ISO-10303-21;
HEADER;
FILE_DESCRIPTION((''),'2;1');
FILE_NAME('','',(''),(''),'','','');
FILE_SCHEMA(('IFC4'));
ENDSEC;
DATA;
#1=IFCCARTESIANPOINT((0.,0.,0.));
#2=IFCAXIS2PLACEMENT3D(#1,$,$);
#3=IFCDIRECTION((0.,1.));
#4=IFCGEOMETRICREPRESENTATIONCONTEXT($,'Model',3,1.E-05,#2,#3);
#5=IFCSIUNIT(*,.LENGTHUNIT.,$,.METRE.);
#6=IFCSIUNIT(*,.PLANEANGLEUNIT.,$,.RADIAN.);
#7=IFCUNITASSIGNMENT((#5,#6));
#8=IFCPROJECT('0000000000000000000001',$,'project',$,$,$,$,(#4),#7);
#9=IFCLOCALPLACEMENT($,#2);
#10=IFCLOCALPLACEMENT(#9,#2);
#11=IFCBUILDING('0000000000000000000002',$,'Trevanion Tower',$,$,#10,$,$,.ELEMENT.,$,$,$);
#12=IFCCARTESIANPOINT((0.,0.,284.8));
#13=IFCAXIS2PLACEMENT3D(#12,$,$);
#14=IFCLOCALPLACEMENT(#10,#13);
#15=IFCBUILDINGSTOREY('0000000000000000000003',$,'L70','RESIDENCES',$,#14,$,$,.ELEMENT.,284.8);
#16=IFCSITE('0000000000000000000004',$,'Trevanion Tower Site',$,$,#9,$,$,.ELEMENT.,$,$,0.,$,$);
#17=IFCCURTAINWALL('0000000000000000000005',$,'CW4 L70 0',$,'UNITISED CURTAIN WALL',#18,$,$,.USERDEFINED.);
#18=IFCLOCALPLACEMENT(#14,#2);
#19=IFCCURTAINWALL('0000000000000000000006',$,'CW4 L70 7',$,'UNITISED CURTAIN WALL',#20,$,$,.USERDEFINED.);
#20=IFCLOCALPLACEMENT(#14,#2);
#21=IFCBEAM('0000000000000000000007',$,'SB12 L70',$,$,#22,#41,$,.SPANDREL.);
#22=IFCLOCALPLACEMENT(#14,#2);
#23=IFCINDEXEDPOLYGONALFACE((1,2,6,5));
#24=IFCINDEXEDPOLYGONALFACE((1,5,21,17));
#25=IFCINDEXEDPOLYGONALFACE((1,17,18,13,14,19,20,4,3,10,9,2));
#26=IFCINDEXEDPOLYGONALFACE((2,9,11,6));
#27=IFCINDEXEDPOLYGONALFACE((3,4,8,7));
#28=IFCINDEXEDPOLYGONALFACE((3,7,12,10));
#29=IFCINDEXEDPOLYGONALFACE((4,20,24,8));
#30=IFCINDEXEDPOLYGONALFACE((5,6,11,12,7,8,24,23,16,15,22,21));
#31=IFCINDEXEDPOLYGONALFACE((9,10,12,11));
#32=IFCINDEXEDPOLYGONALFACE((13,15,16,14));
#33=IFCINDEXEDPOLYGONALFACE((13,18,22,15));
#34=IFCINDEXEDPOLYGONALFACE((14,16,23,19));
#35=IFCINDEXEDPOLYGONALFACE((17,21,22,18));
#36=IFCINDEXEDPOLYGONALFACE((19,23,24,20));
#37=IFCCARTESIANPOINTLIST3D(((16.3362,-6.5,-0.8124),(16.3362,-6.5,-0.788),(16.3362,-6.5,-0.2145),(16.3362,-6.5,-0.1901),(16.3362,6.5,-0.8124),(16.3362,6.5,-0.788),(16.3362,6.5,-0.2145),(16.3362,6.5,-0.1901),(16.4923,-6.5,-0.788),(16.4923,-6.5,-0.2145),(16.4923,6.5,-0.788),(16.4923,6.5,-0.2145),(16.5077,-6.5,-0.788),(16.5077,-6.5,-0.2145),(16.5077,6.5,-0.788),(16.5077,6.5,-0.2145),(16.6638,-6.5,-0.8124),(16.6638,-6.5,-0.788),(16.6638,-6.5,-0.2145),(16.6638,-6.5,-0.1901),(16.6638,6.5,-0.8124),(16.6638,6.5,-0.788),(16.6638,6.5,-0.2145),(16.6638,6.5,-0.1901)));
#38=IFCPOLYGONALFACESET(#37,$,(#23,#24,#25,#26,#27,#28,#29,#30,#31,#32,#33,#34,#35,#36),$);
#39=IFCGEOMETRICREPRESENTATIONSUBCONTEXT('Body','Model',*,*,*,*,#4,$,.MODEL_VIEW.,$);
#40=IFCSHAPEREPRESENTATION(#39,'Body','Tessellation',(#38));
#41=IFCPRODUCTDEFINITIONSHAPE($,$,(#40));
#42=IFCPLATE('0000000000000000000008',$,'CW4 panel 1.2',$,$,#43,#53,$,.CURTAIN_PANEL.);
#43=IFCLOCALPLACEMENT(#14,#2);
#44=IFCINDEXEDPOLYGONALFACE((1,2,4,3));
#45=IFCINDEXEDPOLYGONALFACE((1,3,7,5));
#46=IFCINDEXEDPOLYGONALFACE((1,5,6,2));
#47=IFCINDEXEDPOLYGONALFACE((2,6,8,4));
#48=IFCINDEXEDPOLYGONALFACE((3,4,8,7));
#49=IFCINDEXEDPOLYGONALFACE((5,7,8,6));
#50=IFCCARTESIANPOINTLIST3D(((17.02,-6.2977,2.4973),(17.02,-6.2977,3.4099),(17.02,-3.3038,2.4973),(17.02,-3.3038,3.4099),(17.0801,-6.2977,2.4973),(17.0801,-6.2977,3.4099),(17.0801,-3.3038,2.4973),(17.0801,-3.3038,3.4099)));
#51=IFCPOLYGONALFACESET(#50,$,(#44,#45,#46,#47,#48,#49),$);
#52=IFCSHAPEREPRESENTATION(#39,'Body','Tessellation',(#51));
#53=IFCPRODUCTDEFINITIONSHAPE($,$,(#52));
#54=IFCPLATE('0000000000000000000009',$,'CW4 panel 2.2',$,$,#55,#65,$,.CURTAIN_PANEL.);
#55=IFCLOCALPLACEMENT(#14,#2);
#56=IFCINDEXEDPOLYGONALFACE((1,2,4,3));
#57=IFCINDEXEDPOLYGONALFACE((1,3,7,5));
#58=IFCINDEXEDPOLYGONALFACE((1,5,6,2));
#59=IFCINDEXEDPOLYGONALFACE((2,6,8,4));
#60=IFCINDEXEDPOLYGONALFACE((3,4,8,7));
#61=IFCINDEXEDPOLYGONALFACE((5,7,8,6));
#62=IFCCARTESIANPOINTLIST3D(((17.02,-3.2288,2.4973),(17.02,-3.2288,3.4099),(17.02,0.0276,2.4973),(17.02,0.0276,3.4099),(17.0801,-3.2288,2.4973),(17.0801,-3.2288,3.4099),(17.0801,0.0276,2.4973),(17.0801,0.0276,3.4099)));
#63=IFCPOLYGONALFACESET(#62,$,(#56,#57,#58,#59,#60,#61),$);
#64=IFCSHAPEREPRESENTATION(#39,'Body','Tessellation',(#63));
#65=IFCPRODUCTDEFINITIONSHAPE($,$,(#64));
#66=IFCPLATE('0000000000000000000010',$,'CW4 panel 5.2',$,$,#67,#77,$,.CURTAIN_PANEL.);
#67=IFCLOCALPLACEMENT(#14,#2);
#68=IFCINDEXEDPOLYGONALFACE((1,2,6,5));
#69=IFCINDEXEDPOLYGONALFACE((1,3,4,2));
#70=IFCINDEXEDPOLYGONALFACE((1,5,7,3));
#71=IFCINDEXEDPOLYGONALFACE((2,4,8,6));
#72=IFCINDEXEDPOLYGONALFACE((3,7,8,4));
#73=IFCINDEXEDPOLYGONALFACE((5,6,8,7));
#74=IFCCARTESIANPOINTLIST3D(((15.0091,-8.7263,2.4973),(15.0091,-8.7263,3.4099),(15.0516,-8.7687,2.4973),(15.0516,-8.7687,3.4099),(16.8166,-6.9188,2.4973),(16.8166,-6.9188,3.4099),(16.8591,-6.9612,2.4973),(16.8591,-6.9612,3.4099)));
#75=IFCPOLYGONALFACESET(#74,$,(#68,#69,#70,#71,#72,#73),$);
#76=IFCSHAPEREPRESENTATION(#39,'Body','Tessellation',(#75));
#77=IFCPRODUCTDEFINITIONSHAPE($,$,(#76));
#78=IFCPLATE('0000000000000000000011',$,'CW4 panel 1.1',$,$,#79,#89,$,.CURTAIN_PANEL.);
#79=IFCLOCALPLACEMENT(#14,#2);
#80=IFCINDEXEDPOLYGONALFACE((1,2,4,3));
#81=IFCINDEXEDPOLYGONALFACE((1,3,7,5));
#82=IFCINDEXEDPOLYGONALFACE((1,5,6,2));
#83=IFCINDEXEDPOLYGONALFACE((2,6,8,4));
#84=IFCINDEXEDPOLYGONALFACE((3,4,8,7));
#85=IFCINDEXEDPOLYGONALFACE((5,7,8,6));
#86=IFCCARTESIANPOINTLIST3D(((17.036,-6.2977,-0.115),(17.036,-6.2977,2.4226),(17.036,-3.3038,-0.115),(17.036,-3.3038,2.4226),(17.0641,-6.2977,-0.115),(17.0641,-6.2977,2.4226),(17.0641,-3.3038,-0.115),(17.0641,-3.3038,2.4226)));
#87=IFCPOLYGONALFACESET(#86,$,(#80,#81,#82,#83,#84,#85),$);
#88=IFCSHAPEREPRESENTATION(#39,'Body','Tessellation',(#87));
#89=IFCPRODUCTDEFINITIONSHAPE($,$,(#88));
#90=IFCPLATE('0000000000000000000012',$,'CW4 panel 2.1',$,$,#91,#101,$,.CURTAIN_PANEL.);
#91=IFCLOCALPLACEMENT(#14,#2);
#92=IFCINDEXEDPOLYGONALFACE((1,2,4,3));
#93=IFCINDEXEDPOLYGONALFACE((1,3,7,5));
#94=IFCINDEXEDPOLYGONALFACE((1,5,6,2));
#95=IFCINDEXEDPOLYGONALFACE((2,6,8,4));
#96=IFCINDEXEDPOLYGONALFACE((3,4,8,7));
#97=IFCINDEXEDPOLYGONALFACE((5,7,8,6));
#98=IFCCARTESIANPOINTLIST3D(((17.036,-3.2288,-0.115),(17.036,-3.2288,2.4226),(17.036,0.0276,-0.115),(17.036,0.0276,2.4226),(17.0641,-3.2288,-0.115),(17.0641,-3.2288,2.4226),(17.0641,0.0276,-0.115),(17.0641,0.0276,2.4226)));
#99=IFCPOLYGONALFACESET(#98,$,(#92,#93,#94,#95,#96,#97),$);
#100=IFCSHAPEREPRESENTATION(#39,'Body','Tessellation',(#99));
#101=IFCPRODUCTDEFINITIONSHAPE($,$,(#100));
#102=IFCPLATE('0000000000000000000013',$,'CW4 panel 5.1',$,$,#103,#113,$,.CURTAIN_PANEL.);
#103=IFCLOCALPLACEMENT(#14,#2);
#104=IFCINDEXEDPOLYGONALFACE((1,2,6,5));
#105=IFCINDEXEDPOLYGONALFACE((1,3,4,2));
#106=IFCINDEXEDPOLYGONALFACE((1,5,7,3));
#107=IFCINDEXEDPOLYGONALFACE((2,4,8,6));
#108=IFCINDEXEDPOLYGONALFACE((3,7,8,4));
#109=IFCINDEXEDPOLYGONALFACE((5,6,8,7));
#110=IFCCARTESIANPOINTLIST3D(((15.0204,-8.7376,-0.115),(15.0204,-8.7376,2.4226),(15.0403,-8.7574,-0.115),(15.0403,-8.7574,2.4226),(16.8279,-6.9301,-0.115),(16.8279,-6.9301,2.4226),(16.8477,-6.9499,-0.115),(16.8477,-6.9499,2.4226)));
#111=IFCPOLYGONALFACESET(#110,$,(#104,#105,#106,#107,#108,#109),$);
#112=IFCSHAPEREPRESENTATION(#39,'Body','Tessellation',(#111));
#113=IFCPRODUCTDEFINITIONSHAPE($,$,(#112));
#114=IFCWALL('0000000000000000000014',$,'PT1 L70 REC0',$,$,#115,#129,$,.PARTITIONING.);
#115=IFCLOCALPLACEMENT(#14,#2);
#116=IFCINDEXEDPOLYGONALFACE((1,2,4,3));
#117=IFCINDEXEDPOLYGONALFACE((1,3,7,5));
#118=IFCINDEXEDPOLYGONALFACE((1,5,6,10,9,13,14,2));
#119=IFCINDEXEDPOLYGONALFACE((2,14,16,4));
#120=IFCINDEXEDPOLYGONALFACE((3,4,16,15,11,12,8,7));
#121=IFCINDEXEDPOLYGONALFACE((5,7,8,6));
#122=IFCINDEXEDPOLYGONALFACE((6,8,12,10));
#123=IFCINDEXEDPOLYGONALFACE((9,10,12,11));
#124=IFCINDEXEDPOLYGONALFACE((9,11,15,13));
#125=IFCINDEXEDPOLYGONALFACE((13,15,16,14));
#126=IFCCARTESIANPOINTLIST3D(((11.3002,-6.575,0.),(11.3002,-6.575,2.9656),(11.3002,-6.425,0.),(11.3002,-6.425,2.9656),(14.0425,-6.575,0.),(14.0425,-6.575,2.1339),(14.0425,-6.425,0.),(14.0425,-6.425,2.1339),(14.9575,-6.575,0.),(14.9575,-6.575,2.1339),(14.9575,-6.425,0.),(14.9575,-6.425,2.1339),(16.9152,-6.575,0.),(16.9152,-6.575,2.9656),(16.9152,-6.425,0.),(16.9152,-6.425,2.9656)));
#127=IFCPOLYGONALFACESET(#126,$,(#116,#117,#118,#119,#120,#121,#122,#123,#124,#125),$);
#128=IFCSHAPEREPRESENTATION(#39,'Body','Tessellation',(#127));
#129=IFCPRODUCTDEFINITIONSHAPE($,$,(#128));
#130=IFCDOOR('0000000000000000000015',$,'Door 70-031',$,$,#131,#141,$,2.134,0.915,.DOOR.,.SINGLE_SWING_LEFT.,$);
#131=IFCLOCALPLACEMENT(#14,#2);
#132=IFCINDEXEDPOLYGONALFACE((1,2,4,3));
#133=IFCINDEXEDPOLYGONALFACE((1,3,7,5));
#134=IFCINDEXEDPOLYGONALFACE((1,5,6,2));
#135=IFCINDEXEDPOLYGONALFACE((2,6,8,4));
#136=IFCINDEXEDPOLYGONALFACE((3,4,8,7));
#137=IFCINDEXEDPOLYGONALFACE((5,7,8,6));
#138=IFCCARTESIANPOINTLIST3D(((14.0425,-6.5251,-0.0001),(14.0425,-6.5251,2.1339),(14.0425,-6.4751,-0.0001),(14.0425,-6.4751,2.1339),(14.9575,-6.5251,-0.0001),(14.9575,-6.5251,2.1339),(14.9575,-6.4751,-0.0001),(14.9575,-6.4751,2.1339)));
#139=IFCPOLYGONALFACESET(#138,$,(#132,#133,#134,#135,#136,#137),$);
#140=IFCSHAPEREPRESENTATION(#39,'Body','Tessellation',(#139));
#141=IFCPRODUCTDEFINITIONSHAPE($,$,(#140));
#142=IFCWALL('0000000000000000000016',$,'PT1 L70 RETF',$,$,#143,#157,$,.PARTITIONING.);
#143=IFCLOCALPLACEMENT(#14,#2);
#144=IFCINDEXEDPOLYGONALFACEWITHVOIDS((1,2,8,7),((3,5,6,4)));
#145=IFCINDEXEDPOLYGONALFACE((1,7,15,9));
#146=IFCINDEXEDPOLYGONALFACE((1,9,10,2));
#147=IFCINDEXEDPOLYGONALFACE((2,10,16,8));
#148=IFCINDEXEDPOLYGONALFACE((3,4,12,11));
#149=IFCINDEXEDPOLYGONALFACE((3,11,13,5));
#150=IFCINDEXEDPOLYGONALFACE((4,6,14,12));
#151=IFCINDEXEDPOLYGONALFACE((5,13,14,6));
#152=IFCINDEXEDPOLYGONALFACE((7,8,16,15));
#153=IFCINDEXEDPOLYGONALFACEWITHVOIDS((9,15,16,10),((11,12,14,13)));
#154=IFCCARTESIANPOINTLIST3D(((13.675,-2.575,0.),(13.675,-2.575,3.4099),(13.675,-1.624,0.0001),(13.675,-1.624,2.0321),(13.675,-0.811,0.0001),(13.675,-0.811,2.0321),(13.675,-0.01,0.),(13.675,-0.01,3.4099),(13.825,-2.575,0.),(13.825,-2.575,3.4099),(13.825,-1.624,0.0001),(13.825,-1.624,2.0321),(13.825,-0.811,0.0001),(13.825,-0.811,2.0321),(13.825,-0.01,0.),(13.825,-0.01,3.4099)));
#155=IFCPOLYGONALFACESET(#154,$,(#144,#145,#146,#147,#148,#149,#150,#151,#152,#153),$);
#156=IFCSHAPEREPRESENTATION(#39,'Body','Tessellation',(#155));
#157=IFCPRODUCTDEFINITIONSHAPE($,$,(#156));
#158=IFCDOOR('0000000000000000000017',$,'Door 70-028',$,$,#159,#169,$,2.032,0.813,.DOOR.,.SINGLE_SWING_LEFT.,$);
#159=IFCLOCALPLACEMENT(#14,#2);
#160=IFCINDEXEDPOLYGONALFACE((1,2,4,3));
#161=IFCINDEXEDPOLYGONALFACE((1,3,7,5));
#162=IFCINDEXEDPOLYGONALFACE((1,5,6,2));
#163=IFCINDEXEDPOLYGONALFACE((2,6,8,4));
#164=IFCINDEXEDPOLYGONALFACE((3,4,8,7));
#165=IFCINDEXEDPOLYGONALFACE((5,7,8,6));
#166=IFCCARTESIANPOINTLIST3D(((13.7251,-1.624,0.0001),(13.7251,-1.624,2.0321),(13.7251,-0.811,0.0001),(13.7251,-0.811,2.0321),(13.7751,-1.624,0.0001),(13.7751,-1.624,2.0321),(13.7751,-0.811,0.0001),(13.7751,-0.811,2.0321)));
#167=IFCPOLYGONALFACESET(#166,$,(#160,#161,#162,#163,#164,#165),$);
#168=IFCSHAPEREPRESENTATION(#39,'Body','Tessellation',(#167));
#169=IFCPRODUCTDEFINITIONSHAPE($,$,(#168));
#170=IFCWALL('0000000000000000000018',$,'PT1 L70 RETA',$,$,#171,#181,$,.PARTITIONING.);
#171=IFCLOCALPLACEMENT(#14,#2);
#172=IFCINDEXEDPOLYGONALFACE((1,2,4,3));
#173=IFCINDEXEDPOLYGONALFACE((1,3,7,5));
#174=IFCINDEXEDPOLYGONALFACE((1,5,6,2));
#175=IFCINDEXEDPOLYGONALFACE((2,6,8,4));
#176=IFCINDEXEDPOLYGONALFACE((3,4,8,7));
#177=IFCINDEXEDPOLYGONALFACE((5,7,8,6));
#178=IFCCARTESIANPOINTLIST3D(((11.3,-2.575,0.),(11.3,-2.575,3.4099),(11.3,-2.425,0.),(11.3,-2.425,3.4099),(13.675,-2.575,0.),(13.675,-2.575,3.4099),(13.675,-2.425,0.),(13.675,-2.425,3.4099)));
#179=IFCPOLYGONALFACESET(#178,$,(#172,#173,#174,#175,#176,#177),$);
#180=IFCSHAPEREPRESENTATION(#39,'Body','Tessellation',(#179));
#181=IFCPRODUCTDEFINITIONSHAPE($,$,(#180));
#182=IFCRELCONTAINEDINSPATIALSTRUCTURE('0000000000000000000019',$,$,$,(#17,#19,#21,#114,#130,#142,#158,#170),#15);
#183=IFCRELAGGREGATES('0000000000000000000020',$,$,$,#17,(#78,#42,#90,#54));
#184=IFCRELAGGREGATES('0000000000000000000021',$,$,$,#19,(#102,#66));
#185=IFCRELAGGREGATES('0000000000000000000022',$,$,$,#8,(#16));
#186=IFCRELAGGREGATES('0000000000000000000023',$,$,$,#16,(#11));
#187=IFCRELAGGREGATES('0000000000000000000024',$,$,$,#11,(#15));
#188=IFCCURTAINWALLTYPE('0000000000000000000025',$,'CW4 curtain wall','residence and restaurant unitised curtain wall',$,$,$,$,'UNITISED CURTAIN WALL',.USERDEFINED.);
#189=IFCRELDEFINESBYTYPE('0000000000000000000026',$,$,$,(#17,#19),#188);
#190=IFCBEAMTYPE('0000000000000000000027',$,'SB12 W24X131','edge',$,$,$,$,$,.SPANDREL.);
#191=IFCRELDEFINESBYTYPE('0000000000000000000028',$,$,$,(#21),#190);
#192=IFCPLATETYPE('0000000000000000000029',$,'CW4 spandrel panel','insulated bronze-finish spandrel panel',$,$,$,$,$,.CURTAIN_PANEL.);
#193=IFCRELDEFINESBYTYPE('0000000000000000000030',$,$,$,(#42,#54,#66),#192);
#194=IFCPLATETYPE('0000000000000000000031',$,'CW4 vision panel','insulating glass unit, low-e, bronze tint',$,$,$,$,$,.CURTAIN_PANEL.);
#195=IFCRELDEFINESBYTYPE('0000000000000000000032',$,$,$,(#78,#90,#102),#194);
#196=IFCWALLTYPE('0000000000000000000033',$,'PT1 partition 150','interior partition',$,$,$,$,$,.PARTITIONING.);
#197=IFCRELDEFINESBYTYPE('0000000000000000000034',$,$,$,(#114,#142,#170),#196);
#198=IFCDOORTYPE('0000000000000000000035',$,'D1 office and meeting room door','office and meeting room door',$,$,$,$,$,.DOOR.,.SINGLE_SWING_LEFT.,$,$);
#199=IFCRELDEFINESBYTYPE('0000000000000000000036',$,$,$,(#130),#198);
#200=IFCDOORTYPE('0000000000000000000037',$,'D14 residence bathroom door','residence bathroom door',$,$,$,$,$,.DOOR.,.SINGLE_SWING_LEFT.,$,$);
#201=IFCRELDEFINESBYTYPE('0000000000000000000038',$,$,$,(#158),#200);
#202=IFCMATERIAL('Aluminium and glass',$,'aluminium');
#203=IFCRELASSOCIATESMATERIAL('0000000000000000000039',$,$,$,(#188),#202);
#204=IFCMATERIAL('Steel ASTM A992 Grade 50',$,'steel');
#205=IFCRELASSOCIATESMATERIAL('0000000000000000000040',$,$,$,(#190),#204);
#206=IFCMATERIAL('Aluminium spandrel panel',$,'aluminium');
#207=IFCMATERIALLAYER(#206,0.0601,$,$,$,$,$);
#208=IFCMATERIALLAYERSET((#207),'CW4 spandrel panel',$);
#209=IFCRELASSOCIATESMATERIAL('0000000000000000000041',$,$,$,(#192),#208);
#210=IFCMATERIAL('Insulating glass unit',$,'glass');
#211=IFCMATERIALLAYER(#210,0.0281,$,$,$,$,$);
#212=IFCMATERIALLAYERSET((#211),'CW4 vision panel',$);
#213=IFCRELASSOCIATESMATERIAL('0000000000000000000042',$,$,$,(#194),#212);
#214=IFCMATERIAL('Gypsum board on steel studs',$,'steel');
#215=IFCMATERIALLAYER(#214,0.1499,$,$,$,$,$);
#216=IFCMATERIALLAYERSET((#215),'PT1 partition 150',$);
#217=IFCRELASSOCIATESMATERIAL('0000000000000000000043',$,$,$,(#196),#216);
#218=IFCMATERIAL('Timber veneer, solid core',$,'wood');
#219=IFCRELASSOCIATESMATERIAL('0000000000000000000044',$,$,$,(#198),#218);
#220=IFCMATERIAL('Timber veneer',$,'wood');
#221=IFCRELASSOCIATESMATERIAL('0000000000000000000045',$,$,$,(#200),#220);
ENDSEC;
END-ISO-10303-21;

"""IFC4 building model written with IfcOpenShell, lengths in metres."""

from ifc_helpers import new_model, si_unit, direction, frame, frame_2d, origin, origin_2d, place, context, subcontext, project, spatial, rectangle, i_section, extrude, material, layer, layer_set, material_profile, profile_set, type_object, element, fill, aggregate, save


model = new_model("IFC4")

# Units and contexts
model_context = context("Model", 3, precision=1e-05, world=origin(), true_north=direction((0.0, 1.0)))
body_context = subcontext(model_context, "Body", "Model", "MODEL_VIEW")
ifc_project = project(units=[si_unit("LENGTHUNIT", "METRE"), si_unit("PLANEANGLEUNIT", "RADIAN")], contexts=[model_context])

# Site, building, storey
site_placement = place(None, origin())
site = spatial("IfcSite", under=ifc_project, at=site_placement, Name="Trevanion Tower Site", CompositionType="ELEMENT", RefElevation=0.0)
building_placement = place(site_placement, origin())
building = spatial("IfcBuilding", under=site, at=building_placement, Name="Trevanion Tower", CompositionType="ELEMENT")
storey_placement = place(building_placement, frame((0.0, 0.0, 284.8)))
storey = spatial("IfcBuildingStorey", under=building, at=storey_placement, Name="L70", Description="RESIDENCES", CompositionType="ELEMENT", Elevation=284.8)

# Curtain wall
ifc_material_1 = material(Name="Aluminium and glass", Category="aluminium")
curtain_wall_type = type_object("IfcCurtainWallType", Name="CW4 curtain wall", Description="residence and restaurant unitised curtain wall", ElementType="UNITISED CURTAIN WALL", PredefinedType="USERDEFINED", material=ifc_material_1)
curtain_wall_1_placement = place(storey_placement, origin())
curtain_wall_1 = element("IfcCurtainWall", 1, at=curtain_wall_1_placement, inside=storey, type_object=curtain_wall_type, Name="CW4 L70 0", ObjectType="UNITISED CURTAIN WALL", PredefinedType="USERDEFINED")

# Curtain wall
curtain_wall_2_placement = place(storey_placement, origin())
curtain_wall_2 = element("IfcCurtainWall", 2, at=curtain_wall_2_placement, inside=storey, type_object=curtain_wall_type, Name="CW4 L70 7", ObjectType="UNITISED CURTAIN WALL", PredefinedType="USERDEFINED")

# Beam
ifc_material_2 = material(Name="Steel ASTM A992 Grade 50", Category="steel")
ifc_material_profile_1 = material_profile(ifc_material_2, i_section(OverallWidth=0.3276, OverallDepth=0.6223, WebThickness=0.0154, FlangeThickness=0.0244, at=origin_2d()), Name="W24X131")
ifc_profile_set_1 = profile_set([ifc_material_profile_1], Name="Steel ASTM A992 Grade 50")
beam_type_1 = type_object("IfcBeamType", Name="SB12 W24X131", Description="edge", PredefinedType="SPANDREL", material=ifc_profile_set_1)
beam_1_placement = place(storey_placement, frame((16.5, -6.5, -0.5012), z_axis=(0.0, 1.0, 0.0), x_axis=(-1.0, 0.0, 0.0)))
element("IfcBeam", 3, at=beam_1_placement, inside=storey, type_object=beam_type_1, Name="SB12 L70", PredefinedType="SPANDREL", context=body_context, shape_type="SweptSolid", body=[
    extrude(i_section(OverallWidth=0.3276, OverallDepth=0.6223, WebThickness=0.0154, FlangeThickness=0.0244, at=origin_2d()), origin(), (0.0, 0.0, 1.0), 13.0),
])

# Plates
ifc_material_3 = material(Name="Aluminium spandrel panel", Category="aluminium")
ifc_layer_1 = layer(ifc_material_3, 0.0601)
ifc_layer_set_1 = layer_set([ifc_layer_1], Name="CW4 spandrel panel")
plate_type_1 = type_object("IfcPlateType", Name="CW4 spandrel panel", Description="insulated bronze-finish spandrel panel", PredefinedType="CURTAIN_PANEL", material=ifc_layer_set_1)
plate_1_placement = place(storey_placement, frame((17.05, -4.8008, 2.4973), z_axis=(0.0, 0.0, 1.0), x_axis=(0.0, 1.0, 0.0)))
plate_1 = element("IfcPlate", 4, at=plate_1_placement, type_object=plate_type_1, Name="CW4 panel 1.2", PredefinedType="CURTAIN_PANEL", context=body_context, shape_type="SweptSolid", body=[
    extrude(rectangle(XDim=2.9939, YDim=0.0601, at=origin_2d()), origin(), (0.0, 0.0, 1.0), 0.9126),
])
plate_2_placement = place(storey_placement, frame((17.05, -1.6006, 2.4973), z_axis=(0.0, 0.0, 1.0), x_axis=(0.0, 1.0, 0.0)))
plate_2 = element("IfcPlate", 5, at=plate_2_placement, type_object=plate_type_1, Name="CW4 panel 2.2", PredefinedType="CURTAIN_PANEL", context=body_context, shape_type="SweptSolid", body=[
    extrude(rectangle(XDim=3.2563, YDim=0.0601, at=origin_2d()), origin(), (0.0, 0.0, 1.0), 0.9126),
])
plate_3_placement = place(storey_placement, frame((15.9341, -7.8438, 2.4973), z_axis=(0.0, 0.0, 1.0), x_axis=(0.707107, 0.707107, 0.0)))
plate_3 = element("IfcPlate", 6, at=plate_3_placement, type_object=plate_type_1, Name="CW4 panel 5.2", PredefinedType="CURTAIN_PANEL", context=body_context, shape_type="SweptSolid", body=[
    extrude(rectangle(XDim=2.5562, YDim=0.0601, at=origin_2d()), origin(), (0.0, 0.0, 1.0), 0.9126),
])
ifc_material_4 = material(Name="Insulating glass unit", Category="glass")
ifc_layer_2 = layer(ifc_material_4, 0.0281)
ifc_layer_set_2 = layer_set([ifc_layer_2], Name="CW4 vision panel")
plate_type_2 = type_object("IfcPlateType", Name="CW4 vision panel", Description="insulating glass unit, low-e, bronze tint", PredefinedType="CURTAIN_PANEL", material=ifc_layer_set_2)
plate_4_placement = place(storey_placement, frame((17.05, -4.8008, -0.115), z_axis=(0.0, 0.0, 1.0), x_axis=(0.0, 1.0, 0.0)))
plate_4 = element("IfcPlate", 7, at=plate_4_placement, type_object=plate_type_2, Name="CW4 panel 1.1", PredefinedType="CURTAIN_PANEL", context=body_context, shape_type="SweptSolid", body=[
    extrude(rectangle(XDim=2.9939, YDim=0.0281, at=origin_2d()), origin(), (0.0, 0.0, 1.0), 2.5376),
])
plate_5_placement = place(storey_placement, frame((17.05, -1.6006, -0.115), z_axis=(0.0, 0.0, 1.0), x_axis=(0.0, 1.0, 0.0)))
plate_5 = element("IfcPlate", 8, at=plate_5_placement, type_object=plate_type_2, Name="CW4 panel 2.1", PredefinedType="CURTAIN_PANEL", context=body_context, shape_type="SweptSolid", body=[
    extrude(rectangle(XDim=3.2563, YDim=0.0281, at=origin_2d()), origin(), (0.0, 0.0, 1.0), 2.5376),
])
aggregate(curtain_wall_1, [plate_4, plate_1, plate_5, plate_2])
plate_6_placement = place(storey_placement, frame((15.9341, -7.8438, -0.115), z_axis=(0.0, 0.0, 1.0), x_axis=(0.707107, 0.707107, 0.0)))
plate_6 = element("IfcPlate", 9, at=plate_6_placement, type_object=plate_type_2, Name="CW4 panel 5.1", PredefinedType="CURTAIN_PANEL", context=body_context, shape_type="SweptSolid", body=[
    extrude(rectangle(XDim=2.5562, YDim=0.0281, at=origin_2d()), origin(), (0.0, 0.0, 1.0), 2.5376),
])
aggregate(curtain_wall_2, [plate_6, plate_3])

# Walls, openings, doors
ifc_material_5 = material(Name="Gypsum board on steel studs", Category="steel")
ifc_layer_3 = layer(ifc_material_5, 0.1499)
ifc_layer_set_3 = layer_set([ifc_layer_3], Name="PT1 partition 150")
wall_type = type_object("IfcWallType", Name="PT1 partition 150", Description="interior partition", PredefinedType="PARTITIONING", material=ifc_layer_set_3)
wall_1_placement = place(storey_placement, frame((11.3, -6.5, 0.0), z_axis=(0.0, 0.0, 1.0), x_axis=(1.0, 0.0, 0.0)))
wall_1 = element("IfcWall", 10, at=wall_1_placement, inside=storey, type_object=wall_type, Name="PT1 L70 REC0", PredefinedType="PARTITIONING", context=body_context, shape_type="SweptSolid", body=[
    extrude(rectangle(XDim=5.615, YDim=0.1499, at=frame_2d((2.8076, 0.0))), origin(), (0.0, 0.0, 1.0), 2.9656),
])
opening_1_placement = place(wall_1_placement, frame((2.7424, 0.0, 0.0)))
opening_1 = element("IfcOpeningElement", 11, at=opening_1_placement, cuts=wall_1, PredefinedType="OPENING", context=body_context, shape_type="SweptSolid", body=[
    extrude(rectangle(XDim=0.915, YDim=2.134, at=frame_2d((0.4575, 1.0669))), frame((0.0, 0.085, 0.0), z_axis=(0.0, -1.0, 0.0), x_axis=(1.0, 0.0, 0.0)), (0.0, 0.0, 1.0), 0.1699),
])
ifc_material_6 = material(Name="Timber veneer, solid core", Category="wood")
door_type_1 = type_object("IfcDoorType", Name="D1 office and meeting room door", Description="office and meeting room door", OperationType="SINGLE_SWING_LEFT", PredefinedType="DOOR", material=ifc_material_6)
door_1_placement = place(opening_1_placement, origin())
door_1 = element("IfcDoor", 12, at=door_1_placement, inside=storey, type_object=door_type_1, Name="Door 70-031", OperationType="SINGLE_SWING_LEFT", OverallHeight=2.134, OverallWidth=0.915, PredefinedType="DOOR", context=body_context, shape_type="SweptSolid", body=[
    extrude(rectangle(XDim=0.915, YDim=2.134, at=frame_2d((0.4575, 1.0669))), frame((0.0, 0.0249, 0.0), z_axis=(0.0, -1.0, 0.0), x_axis=(1.0, 0.0, 0.0)), (0.0, 0.0, 1.0), 0.05),
])
fill(opening_1, door_1)
wall_2_placement = place(storey_placement, frame((13.75, -2.575, 0.0), z_axis=(0.0, 0.0, 1.0), x_axis=(0.0, 1.0, 0.0)))
wall_2 = element("IfcWall", 13, at=wall_2_placement, inside=storey, type_object=wall_type, Name="PT1 L70 RETF", PredefinedType="PARTITIONING", context=body_context, shape_type="SweptSolid", body=[
    extrude(rectangle(XDim=2.5649, YDim=0.1499, at=frame_2d((1.2825, 0.0))), origin(), (0.0, 0.0, 1.0), 3.4099),
])
opening_2_placement = place(wall_2_placement, frame((0.9509, 0.0, 0.0)))
opening_2 = element("IfcOpeningElement", 14, at=opening_2_placement, cuts=wall_2, PredefinedType="OPENING", context=body_context, shape_type="SweptSolid", body=[
    extrude(rectangle(XDim=0.813, YDim=2.032, at=frame_2d((0.4065, 1.0161))), frame((0.0, 0.085, 0.0), z_axis=(0.0, -1.0, 0.0), x_axis=(1.0, 0.0, 0.0)), (0.0, 0.0, 1.0), 0.1699),
])
ifc_material_7 = material(Name="Timber veneer", Category="wood")
door_type_2 = type_object("IfcDoorType", Name="D14 residence bathroom door", Description="residence bathroom door", OperationType="SINGLE_SWING_LEFT", PredefinedType="DOOR", material=ifc_material_7)
door_2_placement = place(opening_2_placement, origin())
door_2 = element("IfcDoor", 15, at=door_2_placement, inside=storey, type_object=door_type_2, Name="Door 70-028", OperationType="SINGLE_SWING_LEFT", OverallHeight=2.032, OverallWidth=0.813, PredefinedType="DOOR", context=body_context, shape_type="SweptSolid", body=[
    extrude(rectangle(XDim=0.813, YDim=2.032, at=frame_2d((0.4065, 1.0161))), frame((0.0, 0.0249, 0.0), z_axis=(0.0, -1.0, 0.0), x_axis=(1.0, 0.0, 0.0)), (0.0, 0.0, 1.0), 0.05),
])
fill(opening_2, door_2)

# Wall
wall_3_placement = place(storey_placement, frame((11.3, -2.5, 0.0), z_axis=(0.0, 0.0, 1.0), x_axis=(1.0, 0.0, 0.0)))
element("IfcWall", 16, at=wall_3_placement, inside=storey, type_object=wall_type, Name="PT1 L70 RETA", PredefinedType="PARTITIONING", context=body_context, shape_type="SweptSolid", body=[
    extrude(rectangle(XDim=2.375, YDim=0.1499, at=frame_2d((1.1875, 0.0))), origin(), (0.0, 0.0, 1.0), 3.4099),
])

save(model, "model.ifc")
